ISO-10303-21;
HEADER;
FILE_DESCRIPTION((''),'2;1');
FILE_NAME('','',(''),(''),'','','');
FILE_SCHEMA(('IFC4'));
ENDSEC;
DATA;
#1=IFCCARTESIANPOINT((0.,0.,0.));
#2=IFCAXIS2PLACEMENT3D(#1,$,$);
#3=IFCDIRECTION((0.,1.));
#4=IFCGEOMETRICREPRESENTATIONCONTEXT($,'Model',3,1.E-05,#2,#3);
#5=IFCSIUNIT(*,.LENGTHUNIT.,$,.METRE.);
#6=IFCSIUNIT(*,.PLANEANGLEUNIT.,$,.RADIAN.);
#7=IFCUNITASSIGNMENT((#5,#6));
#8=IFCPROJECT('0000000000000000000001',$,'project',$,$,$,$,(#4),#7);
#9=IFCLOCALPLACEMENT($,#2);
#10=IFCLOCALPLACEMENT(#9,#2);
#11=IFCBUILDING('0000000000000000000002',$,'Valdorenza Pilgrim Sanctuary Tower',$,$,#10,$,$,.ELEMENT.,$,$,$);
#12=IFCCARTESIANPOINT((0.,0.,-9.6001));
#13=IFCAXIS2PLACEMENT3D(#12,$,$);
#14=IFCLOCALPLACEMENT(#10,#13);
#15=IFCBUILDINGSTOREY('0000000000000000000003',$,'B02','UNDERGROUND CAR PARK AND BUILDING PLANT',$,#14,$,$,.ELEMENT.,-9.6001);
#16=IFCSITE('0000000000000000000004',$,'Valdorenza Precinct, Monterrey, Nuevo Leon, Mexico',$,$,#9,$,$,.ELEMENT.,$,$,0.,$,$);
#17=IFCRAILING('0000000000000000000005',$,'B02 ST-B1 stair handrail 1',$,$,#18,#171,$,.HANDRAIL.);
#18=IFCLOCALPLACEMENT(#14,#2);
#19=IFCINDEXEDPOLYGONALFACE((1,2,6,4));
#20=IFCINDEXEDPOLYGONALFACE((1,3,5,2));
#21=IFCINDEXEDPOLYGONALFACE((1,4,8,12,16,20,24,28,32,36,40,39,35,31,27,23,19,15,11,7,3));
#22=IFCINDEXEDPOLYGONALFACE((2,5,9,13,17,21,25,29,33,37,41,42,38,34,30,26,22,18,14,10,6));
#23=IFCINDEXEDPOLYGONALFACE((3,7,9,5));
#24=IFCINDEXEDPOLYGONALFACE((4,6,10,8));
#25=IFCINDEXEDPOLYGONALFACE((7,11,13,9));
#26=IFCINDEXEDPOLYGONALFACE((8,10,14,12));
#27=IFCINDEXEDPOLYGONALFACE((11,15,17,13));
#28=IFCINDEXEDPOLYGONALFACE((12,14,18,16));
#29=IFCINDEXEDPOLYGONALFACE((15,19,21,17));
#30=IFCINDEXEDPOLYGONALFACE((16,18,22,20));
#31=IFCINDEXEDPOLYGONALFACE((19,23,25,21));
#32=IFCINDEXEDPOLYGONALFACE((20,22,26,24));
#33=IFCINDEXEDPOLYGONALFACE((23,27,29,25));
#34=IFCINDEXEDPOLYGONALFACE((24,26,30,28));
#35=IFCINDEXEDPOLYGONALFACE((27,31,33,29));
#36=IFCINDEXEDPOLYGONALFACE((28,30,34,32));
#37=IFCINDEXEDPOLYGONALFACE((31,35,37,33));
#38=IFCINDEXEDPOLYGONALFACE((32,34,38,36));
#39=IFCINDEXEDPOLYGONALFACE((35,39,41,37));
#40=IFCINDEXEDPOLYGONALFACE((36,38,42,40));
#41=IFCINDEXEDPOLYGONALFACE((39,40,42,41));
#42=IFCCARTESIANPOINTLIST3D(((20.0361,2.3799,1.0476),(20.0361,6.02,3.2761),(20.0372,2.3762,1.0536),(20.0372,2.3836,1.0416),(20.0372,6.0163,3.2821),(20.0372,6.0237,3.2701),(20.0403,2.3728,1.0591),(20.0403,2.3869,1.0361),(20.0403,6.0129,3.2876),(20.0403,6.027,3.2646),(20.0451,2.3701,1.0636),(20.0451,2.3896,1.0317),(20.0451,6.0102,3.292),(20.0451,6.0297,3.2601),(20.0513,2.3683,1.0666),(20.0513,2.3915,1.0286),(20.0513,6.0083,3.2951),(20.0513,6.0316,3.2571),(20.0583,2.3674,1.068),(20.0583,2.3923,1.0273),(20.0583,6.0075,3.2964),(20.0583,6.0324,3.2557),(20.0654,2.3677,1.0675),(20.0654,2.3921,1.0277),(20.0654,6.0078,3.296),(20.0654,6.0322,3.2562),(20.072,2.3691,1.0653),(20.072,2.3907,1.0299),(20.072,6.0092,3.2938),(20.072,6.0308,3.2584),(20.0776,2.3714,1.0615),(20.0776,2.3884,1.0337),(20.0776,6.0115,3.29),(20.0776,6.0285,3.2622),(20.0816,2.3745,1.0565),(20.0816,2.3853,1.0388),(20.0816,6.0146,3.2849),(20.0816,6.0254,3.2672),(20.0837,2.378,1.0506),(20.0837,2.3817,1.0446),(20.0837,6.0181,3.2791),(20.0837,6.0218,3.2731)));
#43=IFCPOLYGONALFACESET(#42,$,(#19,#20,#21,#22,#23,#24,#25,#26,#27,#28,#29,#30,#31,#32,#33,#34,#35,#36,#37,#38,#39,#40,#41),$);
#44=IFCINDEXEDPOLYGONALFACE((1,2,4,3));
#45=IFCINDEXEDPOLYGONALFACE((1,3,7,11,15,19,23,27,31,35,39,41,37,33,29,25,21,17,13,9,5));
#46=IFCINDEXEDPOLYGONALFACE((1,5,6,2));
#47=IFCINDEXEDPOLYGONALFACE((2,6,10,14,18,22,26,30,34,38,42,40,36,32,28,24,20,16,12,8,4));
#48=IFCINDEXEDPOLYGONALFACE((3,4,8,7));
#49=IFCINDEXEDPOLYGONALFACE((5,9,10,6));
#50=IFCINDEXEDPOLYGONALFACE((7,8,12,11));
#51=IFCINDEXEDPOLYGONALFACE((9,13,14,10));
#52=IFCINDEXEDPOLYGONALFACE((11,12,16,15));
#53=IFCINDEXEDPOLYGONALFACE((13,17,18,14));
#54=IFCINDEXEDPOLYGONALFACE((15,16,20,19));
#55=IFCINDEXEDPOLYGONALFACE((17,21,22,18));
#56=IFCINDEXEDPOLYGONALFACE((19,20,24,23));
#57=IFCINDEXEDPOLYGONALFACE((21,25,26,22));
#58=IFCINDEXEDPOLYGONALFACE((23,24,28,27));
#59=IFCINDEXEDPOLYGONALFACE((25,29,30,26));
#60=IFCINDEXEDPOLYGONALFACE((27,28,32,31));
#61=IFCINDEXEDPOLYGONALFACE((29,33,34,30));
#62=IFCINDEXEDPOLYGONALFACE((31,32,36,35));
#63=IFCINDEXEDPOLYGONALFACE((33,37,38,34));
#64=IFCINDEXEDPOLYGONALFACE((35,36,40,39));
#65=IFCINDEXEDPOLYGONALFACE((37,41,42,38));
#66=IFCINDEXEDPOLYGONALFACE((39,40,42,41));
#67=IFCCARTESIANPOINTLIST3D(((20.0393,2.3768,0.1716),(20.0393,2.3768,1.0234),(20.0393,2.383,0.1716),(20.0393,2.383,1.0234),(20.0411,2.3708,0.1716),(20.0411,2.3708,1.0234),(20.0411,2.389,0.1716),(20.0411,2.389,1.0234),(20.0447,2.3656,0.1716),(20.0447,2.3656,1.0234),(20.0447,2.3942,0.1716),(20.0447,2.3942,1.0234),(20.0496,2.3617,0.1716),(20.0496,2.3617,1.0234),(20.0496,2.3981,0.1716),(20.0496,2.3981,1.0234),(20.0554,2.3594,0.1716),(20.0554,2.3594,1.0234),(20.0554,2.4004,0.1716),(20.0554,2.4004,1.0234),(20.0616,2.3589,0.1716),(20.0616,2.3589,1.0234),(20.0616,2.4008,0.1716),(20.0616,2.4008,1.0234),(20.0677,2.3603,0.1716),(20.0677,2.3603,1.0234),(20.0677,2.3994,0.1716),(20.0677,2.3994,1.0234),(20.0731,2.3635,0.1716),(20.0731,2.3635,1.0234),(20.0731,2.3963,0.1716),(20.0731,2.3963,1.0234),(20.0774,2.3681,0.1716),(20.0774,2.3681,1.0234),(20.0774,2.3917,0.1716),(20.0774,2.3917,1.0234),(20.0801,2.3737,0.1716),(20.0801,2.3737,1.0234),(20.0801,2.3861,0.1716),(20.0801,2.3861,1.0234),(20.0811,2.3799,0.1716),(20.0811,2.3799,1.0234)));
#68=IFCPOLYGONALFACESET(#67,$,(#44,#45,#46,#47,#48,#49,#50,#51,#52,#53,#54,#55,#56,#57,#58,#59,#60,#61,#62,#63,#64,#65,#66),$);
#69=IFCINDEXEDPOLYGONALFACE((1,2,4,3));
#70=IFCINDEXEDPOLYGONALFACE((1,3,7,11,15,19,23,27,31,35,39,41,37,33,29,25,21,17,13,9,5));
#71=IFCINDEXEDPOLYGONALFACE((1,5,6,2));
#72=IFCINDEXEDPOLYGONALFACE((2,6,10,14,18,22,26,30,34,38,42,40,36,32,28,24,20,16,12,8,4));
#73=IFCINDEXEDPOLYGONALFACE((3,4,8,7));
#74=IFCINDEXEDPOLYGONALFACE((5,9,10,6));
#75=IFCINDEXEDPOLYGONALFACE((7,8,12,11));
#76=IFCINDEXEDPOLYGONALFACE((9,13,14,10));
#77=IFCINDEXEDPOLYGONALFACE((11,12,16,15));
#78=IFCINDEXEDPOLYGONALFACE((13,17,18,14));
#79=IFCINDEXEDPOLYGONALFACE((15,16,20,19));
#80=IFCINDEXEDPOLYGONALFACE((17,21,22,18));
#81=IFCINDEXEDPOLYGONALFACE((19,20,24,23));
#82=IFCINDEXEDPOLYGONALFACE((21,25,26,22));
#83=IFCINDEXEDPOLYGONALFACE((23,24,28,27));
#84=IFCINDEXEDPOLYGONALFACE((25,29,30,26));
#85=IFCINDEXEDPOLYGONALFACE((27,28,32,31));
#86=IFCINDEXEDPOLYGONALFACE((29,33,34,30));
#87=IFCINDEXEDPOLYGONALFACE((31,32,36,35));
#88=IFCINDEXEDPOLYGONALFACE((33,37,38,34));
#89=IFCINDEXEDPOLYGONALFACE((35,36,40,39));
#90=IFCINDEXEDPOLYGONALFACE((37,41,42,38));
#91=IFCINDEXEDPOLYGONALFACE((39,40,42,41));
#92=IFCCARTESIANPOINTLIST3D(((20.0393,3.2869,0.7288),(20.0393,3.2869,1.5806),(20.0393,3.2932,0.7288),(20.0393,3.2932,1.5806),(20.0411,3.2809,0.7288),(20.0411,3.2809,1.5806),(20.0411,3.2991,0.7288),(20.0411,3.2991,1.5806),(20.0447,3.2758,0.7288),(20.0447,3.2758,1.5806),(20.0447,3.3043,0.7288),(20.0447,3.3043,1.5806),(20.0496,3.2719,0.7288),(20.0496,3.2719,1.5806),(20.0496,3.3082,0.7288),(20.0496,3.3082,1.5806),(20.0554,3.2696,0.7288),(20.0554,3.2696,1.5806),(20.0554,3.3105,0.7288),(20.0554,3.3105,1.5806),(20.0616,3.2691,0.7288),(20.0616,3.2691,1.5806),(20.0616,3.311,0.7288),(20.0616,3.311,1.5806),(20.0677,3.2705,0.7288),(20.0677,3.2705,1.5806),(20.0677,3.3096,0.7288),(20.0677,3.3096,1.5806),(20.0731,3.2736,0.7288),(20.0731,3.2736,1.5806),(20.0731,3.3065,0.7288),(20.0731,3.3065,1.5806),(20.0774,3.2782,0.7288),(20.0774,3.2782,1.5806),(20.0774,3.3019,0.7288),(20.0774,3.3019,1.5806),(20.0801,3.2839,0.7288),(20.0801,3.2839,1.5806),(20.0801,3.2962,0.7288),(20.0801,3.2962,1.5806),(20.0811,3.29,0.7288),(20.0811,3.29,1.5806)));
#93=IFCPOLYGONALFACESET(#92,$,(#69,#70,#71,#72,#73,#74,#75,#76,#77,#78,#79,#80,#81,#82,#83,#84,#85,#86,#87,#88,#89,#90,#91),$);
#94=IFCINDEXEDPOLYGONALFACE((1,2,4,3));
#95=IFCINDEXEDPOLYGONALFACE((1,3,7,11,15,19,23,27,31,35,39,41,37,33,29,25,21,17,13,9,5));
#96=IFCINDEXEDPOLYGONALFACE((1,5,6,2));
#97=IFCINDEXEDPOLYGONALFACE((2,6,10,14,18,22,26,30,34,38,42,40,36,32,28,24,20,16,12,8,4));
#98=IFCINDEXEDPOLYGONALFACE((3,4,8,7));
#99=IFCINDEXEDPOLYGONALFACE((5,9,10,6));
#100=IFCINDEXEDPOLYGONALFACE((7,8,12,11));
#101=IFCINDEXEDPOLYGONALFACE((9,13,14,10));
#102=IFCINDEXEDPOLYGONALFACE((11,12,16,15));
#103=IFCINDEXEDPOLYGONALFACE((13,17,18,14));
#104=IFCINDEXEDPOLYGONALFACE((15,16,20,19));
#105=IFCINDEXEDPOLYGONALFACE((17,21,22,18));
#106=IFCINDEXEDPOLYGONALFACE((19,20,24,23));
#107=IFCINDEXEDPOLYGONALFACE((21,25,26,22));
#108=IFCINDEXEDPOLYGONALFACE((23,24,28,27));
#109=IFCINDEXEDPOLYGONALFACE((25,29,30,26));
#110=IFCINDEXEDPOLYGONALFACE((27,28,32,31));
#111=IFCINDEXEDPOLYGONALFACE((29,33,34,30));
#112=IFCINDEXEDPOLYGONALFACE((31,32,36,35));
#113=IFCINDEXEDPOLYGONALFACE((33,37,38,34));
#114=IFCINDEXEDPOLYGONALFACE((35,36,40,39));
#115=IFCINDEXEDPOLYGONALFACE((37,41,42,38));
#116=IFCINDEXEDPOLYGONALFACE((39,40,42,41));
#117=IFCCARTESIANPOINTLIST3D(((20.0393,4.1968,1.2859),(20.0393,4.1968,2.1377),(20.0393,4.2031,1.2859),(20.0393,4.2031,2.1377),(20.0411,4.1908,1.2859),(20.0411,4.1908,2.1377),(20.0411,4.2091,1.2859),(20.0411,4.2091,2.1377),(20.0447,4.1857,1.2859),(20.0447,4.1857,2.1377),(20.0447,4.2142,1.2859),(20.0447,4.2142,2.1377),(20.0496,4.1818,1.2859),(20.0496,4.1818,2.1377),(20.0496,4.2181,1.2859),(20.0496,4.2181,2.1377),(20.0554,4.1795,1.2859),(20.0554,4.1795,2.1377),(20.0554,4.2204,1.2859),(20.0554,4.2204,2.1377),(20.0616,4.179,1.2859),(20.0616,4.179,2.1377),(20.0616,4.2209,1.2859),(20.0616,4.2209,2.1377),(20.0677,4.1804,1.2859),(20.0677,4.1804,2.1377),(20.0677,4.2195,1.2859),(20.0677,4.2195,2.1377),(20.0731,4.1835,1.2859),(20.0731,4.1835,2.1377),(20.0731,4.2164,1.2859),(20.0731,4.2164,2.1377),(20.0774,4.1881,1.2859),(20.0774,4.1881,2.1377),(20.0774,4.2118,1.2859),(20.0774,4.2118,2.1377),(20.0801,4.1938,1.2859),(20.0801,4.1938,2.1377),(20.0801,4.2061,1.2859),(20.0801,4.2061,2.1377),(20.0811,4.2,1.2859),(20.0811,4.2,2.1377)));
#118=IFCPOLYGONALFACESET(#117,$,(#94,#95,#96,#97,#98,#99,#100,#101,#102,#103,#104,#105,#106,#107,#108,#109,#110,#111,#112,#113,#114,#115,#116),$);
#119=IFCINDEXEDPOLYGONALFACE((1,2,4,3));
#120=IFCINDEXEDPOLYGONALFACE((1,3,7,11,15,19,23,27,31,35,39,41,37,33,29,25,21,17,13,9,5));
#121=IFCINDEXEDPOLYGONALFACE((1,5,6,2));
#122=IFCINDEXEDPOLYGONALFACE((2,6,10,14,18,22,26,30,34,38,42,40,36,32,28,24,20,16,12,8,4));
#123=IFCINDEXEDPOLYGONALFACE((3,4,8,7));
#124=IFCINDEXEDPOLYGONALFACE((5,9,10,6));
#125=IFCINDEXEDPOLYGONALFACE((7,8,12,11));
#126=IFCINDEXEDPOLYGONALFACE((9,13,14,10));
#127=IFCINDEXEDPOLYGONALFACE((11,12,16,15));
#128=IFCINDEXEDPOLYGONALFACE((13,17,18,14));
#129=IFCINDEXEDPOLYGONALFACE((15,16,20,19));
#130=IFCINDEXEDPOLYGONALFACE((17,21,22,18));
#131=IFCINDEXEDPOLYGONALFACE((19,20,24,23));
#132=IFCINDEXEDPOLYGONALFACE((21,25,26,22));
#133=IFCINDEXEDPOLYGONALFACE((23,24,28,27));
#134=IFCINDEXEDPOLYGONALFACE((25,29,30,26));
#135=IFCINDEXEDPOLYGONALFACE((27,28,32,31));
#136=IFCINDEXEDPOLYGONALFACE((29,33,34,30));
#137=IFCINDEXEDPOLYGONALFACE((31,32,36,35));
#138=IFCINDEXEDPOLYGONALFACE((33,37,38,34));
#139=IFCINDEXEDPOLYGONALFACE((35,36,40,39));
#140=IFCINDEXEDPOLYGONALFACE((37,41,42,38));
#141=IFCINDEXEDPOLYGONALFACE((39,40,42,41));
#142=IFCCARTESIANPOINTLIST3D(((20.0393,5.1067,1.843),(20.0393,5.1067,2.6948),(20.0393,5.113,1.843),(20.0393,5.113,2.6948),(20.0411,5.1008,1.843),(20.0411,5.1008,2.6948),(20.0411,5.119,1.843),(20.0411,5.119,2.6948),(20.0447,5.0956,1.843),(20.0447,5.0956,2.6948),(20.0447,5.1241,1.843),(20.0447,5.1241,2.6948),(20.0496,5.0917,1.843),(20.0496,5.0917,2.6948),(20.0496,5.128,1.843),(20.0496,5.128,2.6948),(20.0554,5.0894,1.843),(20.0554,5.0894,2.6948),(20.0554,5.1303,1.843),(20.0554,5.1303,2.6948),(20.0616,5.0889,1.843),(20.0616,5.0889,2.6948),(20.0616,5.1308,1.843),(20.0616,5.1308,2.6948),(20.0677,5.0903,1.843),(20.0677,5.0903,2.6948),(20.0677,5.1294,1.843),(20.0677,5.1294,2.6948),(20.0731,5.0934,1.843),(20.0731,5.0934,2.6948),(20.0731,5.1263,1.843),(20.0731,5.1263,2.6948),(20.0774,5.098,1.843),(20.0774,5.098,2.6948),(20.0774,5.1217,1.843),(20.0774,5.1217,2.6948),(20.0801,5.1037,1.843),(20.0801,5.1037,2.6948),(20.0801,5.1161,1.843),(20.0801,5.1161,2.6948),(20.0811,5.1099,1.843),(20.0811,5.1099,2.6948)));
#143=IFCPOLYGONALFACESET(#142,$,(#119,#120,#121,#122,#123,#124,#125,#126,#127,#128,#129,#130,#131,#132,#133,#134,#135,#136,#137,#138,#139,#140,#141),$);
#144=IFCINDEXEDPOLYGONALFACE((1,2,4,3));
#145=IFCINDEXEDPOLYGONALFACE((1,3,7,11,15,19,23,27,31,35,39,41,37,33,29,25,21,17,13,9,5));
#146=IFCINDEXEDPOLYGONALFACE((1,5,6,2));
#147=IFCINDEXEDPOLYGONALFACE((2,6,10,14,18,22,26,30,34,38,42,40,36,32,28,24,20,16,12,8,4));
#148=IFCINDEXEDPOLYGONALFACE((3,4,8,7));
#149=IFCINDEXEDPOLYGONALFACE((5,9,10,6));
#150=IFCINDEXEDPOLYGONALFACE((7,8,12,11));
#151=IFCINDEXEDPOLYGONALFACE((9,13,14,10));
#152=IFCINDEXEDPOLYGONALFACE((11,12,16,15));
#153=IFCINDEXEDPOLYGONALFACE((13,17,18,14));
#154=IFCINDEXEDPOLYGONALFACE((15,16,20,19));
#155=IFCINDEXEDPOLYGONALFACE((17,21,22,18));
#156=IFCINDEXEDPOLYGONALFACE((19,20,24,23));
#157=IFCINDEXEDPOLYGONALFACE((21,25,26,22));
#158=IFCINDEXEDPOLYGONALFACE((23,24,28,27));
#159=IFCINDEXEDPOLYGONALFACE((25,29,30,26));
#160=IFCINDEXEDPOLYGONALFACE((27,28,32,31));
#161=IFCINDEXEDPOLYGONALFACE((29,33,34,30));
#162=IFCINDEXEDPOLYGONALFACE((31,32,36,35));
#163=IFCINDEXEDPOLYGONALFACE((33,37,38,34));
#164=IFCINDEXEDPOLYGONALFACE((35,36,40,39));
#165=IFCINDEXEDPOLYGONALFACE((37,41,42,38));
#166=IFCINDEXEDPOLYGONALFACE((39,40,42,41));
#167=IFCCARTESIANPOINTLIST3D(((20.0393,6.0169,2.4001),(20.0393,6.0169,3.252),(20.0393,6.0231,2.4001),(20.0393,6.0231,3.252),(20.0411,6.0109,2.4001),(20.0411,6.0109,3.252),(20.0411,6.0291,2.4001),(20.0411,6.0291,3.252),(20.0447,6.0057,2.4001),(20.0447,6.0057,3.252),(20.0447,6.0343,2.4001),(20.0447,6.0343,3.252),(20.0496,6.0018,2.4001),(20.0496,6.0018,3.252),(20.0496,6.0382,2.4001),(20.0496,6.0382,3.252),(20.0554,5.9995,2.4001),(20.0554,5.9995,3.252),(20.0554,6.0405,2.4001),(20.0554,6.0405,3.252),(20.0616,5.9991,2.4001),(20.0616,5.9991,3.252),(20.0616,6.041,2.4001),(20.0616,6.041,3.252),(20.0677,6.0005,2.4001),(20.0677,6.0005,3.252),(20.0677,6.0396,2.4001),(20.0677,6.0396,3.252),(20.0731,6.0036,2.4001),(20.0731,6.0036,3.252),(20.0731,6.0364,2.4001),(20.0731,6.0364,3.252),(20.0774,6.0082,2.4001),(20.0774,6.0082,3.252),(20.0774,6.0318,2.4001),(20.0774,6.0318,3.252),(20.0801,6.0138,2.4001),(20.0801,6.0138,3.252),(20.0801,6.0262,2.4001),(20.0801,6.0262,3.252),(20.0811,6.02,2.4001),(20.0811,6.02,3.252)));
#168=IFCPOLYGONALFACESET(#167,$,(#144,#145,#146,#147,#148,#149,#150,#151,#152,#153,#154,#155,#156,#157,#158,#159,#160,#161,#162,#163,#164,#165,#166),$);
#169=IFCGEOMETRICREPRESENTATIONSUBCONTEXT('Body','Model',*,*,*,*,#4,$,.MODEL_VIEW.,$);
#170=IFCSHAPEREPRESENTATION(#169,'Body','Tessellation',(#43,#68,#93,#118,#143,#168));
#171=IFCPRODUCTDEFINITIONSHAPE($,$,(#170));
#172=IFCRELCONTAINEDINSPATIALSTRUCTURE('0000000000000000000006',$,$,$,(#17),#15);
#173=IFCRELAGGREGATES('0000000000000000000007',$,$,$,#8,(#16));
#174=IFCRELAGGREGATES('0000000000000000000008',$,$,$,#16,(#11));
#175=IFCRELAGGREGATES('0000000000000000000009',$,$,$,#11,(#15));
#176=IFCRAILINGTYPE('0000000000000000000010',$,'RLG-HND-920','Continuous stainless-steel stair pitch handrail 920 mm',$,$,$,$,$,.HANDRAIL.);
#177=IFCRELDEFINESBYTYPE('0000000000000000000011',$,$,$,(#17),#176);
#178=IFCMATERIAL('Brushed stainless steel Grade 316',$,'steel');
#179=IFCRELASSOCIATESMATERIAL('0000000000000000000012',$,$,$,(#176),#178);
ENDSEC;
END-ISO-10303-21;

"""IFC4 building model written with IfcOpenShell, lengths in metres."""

from ifc_helpers import new_model, si_unit, direction, frame, origin, origin_2d, place, context, subcontext, project, spatial, circle, extrude, material, type_object, element, save


model = new_model("IFC4")

# Units and contexts
model_context = context("Model", 3, precision=1e-05, world=origin(), true_north=direction((0.0, 1.0)))
body_context = subcontext(model_context, "Body", "Model", "MODEL_VIEW")
ifc_project = project(units=[si_unit("LENGTHUNIT", "METRE"), si_unit("PLANEANGLEUNIT", "RADIAN")], contexts=[model_context])

# Site, building, storey
site_placement = place(None, origin())
site = spatial("IfcSite", under=ifc_project, at=site_placement, Name="Valdorenza Precinct, Monterrey, Nuevo Leon, Mexico", CompositionType="ELEMENT", RefElevation=0.0)
building_placement = place(site_placement, origin())
building = spatial("IfcBuilding", under=site, at=building_placement, Name="Valdorenza Pilgrim Sanctuary Tower", CompositionType="ELEMENT")
storey_placement = place(building_placement, frame((0.0, 0.0, -9.6001)))
storey = spatial("IfcBuildingStorey", under=building, at=storey_placement, Name="B02", Description="UNDERGROUND CAR PARK AND BUILDING PLANT", CompositionType="ELEMENT", Elevation=-9.6001)

# Railing
ifc_material_1 = material(Name="Brushed stainless steel Grade 316", Category="steel")
railing_type_1 = type_object("IfcRailingType", Name="RLG-HND-920", Description="Continuous stainless-steel stair pitch handrail 920 mm", PredefinedType="HANDRAIL", material=ifc_material_1)
railing_1_placement = place(storey_placement, frame((20.0601, 2.3799, 0.1716)))
element("IfcRailing", 1, at=railing_1_placement, inside=storey, type_object=railing_type_1, Name="B02 ST-B1 stair handrail 1", PredefinedType="HANDRAIL", context=body_context, shape_type="SweptSolid", body=[
    extrude(circle(Radius=0.0239, at=origin_2d()), frame((0.0, 0.0, 0.876), z_axis=(0.0, 0.852866, 0.52213), x_axis=(-1.0, 0.0, 0.0)), (0.0, 0.0, 1.0), 4.2681),
    extrude(circle(Radius=0.021, at=origin_2d()), origin(), (0.0, 0.0, 1.0), 0.8518),
    extrude(circle(Radius=0.021, at=origin_2d()), frame((0.0, 0.9102, 0.5571)), (0.0, 0.0, 1.0), 0.8518),
    extrude(circle(Radius=0.021, at=origin_2d()), frame((0.0, 1.8201, 1.1143)), (0.0, 0.0, 1.0), 0.8518),
    extrude(circle(Radius=0.021, at=origin_2d()), frame((0.0, 2.73, 1.6714)), (0.0, 0.0, 1.0), 0.8518),
    extrude(circle(Radius=0.021, at=origin_2d()), frame((0.0, 3.6401, 2.2285)), (0.0, 0.0, 1.0), 0.8518),
])

save(model, "model.ifc")
